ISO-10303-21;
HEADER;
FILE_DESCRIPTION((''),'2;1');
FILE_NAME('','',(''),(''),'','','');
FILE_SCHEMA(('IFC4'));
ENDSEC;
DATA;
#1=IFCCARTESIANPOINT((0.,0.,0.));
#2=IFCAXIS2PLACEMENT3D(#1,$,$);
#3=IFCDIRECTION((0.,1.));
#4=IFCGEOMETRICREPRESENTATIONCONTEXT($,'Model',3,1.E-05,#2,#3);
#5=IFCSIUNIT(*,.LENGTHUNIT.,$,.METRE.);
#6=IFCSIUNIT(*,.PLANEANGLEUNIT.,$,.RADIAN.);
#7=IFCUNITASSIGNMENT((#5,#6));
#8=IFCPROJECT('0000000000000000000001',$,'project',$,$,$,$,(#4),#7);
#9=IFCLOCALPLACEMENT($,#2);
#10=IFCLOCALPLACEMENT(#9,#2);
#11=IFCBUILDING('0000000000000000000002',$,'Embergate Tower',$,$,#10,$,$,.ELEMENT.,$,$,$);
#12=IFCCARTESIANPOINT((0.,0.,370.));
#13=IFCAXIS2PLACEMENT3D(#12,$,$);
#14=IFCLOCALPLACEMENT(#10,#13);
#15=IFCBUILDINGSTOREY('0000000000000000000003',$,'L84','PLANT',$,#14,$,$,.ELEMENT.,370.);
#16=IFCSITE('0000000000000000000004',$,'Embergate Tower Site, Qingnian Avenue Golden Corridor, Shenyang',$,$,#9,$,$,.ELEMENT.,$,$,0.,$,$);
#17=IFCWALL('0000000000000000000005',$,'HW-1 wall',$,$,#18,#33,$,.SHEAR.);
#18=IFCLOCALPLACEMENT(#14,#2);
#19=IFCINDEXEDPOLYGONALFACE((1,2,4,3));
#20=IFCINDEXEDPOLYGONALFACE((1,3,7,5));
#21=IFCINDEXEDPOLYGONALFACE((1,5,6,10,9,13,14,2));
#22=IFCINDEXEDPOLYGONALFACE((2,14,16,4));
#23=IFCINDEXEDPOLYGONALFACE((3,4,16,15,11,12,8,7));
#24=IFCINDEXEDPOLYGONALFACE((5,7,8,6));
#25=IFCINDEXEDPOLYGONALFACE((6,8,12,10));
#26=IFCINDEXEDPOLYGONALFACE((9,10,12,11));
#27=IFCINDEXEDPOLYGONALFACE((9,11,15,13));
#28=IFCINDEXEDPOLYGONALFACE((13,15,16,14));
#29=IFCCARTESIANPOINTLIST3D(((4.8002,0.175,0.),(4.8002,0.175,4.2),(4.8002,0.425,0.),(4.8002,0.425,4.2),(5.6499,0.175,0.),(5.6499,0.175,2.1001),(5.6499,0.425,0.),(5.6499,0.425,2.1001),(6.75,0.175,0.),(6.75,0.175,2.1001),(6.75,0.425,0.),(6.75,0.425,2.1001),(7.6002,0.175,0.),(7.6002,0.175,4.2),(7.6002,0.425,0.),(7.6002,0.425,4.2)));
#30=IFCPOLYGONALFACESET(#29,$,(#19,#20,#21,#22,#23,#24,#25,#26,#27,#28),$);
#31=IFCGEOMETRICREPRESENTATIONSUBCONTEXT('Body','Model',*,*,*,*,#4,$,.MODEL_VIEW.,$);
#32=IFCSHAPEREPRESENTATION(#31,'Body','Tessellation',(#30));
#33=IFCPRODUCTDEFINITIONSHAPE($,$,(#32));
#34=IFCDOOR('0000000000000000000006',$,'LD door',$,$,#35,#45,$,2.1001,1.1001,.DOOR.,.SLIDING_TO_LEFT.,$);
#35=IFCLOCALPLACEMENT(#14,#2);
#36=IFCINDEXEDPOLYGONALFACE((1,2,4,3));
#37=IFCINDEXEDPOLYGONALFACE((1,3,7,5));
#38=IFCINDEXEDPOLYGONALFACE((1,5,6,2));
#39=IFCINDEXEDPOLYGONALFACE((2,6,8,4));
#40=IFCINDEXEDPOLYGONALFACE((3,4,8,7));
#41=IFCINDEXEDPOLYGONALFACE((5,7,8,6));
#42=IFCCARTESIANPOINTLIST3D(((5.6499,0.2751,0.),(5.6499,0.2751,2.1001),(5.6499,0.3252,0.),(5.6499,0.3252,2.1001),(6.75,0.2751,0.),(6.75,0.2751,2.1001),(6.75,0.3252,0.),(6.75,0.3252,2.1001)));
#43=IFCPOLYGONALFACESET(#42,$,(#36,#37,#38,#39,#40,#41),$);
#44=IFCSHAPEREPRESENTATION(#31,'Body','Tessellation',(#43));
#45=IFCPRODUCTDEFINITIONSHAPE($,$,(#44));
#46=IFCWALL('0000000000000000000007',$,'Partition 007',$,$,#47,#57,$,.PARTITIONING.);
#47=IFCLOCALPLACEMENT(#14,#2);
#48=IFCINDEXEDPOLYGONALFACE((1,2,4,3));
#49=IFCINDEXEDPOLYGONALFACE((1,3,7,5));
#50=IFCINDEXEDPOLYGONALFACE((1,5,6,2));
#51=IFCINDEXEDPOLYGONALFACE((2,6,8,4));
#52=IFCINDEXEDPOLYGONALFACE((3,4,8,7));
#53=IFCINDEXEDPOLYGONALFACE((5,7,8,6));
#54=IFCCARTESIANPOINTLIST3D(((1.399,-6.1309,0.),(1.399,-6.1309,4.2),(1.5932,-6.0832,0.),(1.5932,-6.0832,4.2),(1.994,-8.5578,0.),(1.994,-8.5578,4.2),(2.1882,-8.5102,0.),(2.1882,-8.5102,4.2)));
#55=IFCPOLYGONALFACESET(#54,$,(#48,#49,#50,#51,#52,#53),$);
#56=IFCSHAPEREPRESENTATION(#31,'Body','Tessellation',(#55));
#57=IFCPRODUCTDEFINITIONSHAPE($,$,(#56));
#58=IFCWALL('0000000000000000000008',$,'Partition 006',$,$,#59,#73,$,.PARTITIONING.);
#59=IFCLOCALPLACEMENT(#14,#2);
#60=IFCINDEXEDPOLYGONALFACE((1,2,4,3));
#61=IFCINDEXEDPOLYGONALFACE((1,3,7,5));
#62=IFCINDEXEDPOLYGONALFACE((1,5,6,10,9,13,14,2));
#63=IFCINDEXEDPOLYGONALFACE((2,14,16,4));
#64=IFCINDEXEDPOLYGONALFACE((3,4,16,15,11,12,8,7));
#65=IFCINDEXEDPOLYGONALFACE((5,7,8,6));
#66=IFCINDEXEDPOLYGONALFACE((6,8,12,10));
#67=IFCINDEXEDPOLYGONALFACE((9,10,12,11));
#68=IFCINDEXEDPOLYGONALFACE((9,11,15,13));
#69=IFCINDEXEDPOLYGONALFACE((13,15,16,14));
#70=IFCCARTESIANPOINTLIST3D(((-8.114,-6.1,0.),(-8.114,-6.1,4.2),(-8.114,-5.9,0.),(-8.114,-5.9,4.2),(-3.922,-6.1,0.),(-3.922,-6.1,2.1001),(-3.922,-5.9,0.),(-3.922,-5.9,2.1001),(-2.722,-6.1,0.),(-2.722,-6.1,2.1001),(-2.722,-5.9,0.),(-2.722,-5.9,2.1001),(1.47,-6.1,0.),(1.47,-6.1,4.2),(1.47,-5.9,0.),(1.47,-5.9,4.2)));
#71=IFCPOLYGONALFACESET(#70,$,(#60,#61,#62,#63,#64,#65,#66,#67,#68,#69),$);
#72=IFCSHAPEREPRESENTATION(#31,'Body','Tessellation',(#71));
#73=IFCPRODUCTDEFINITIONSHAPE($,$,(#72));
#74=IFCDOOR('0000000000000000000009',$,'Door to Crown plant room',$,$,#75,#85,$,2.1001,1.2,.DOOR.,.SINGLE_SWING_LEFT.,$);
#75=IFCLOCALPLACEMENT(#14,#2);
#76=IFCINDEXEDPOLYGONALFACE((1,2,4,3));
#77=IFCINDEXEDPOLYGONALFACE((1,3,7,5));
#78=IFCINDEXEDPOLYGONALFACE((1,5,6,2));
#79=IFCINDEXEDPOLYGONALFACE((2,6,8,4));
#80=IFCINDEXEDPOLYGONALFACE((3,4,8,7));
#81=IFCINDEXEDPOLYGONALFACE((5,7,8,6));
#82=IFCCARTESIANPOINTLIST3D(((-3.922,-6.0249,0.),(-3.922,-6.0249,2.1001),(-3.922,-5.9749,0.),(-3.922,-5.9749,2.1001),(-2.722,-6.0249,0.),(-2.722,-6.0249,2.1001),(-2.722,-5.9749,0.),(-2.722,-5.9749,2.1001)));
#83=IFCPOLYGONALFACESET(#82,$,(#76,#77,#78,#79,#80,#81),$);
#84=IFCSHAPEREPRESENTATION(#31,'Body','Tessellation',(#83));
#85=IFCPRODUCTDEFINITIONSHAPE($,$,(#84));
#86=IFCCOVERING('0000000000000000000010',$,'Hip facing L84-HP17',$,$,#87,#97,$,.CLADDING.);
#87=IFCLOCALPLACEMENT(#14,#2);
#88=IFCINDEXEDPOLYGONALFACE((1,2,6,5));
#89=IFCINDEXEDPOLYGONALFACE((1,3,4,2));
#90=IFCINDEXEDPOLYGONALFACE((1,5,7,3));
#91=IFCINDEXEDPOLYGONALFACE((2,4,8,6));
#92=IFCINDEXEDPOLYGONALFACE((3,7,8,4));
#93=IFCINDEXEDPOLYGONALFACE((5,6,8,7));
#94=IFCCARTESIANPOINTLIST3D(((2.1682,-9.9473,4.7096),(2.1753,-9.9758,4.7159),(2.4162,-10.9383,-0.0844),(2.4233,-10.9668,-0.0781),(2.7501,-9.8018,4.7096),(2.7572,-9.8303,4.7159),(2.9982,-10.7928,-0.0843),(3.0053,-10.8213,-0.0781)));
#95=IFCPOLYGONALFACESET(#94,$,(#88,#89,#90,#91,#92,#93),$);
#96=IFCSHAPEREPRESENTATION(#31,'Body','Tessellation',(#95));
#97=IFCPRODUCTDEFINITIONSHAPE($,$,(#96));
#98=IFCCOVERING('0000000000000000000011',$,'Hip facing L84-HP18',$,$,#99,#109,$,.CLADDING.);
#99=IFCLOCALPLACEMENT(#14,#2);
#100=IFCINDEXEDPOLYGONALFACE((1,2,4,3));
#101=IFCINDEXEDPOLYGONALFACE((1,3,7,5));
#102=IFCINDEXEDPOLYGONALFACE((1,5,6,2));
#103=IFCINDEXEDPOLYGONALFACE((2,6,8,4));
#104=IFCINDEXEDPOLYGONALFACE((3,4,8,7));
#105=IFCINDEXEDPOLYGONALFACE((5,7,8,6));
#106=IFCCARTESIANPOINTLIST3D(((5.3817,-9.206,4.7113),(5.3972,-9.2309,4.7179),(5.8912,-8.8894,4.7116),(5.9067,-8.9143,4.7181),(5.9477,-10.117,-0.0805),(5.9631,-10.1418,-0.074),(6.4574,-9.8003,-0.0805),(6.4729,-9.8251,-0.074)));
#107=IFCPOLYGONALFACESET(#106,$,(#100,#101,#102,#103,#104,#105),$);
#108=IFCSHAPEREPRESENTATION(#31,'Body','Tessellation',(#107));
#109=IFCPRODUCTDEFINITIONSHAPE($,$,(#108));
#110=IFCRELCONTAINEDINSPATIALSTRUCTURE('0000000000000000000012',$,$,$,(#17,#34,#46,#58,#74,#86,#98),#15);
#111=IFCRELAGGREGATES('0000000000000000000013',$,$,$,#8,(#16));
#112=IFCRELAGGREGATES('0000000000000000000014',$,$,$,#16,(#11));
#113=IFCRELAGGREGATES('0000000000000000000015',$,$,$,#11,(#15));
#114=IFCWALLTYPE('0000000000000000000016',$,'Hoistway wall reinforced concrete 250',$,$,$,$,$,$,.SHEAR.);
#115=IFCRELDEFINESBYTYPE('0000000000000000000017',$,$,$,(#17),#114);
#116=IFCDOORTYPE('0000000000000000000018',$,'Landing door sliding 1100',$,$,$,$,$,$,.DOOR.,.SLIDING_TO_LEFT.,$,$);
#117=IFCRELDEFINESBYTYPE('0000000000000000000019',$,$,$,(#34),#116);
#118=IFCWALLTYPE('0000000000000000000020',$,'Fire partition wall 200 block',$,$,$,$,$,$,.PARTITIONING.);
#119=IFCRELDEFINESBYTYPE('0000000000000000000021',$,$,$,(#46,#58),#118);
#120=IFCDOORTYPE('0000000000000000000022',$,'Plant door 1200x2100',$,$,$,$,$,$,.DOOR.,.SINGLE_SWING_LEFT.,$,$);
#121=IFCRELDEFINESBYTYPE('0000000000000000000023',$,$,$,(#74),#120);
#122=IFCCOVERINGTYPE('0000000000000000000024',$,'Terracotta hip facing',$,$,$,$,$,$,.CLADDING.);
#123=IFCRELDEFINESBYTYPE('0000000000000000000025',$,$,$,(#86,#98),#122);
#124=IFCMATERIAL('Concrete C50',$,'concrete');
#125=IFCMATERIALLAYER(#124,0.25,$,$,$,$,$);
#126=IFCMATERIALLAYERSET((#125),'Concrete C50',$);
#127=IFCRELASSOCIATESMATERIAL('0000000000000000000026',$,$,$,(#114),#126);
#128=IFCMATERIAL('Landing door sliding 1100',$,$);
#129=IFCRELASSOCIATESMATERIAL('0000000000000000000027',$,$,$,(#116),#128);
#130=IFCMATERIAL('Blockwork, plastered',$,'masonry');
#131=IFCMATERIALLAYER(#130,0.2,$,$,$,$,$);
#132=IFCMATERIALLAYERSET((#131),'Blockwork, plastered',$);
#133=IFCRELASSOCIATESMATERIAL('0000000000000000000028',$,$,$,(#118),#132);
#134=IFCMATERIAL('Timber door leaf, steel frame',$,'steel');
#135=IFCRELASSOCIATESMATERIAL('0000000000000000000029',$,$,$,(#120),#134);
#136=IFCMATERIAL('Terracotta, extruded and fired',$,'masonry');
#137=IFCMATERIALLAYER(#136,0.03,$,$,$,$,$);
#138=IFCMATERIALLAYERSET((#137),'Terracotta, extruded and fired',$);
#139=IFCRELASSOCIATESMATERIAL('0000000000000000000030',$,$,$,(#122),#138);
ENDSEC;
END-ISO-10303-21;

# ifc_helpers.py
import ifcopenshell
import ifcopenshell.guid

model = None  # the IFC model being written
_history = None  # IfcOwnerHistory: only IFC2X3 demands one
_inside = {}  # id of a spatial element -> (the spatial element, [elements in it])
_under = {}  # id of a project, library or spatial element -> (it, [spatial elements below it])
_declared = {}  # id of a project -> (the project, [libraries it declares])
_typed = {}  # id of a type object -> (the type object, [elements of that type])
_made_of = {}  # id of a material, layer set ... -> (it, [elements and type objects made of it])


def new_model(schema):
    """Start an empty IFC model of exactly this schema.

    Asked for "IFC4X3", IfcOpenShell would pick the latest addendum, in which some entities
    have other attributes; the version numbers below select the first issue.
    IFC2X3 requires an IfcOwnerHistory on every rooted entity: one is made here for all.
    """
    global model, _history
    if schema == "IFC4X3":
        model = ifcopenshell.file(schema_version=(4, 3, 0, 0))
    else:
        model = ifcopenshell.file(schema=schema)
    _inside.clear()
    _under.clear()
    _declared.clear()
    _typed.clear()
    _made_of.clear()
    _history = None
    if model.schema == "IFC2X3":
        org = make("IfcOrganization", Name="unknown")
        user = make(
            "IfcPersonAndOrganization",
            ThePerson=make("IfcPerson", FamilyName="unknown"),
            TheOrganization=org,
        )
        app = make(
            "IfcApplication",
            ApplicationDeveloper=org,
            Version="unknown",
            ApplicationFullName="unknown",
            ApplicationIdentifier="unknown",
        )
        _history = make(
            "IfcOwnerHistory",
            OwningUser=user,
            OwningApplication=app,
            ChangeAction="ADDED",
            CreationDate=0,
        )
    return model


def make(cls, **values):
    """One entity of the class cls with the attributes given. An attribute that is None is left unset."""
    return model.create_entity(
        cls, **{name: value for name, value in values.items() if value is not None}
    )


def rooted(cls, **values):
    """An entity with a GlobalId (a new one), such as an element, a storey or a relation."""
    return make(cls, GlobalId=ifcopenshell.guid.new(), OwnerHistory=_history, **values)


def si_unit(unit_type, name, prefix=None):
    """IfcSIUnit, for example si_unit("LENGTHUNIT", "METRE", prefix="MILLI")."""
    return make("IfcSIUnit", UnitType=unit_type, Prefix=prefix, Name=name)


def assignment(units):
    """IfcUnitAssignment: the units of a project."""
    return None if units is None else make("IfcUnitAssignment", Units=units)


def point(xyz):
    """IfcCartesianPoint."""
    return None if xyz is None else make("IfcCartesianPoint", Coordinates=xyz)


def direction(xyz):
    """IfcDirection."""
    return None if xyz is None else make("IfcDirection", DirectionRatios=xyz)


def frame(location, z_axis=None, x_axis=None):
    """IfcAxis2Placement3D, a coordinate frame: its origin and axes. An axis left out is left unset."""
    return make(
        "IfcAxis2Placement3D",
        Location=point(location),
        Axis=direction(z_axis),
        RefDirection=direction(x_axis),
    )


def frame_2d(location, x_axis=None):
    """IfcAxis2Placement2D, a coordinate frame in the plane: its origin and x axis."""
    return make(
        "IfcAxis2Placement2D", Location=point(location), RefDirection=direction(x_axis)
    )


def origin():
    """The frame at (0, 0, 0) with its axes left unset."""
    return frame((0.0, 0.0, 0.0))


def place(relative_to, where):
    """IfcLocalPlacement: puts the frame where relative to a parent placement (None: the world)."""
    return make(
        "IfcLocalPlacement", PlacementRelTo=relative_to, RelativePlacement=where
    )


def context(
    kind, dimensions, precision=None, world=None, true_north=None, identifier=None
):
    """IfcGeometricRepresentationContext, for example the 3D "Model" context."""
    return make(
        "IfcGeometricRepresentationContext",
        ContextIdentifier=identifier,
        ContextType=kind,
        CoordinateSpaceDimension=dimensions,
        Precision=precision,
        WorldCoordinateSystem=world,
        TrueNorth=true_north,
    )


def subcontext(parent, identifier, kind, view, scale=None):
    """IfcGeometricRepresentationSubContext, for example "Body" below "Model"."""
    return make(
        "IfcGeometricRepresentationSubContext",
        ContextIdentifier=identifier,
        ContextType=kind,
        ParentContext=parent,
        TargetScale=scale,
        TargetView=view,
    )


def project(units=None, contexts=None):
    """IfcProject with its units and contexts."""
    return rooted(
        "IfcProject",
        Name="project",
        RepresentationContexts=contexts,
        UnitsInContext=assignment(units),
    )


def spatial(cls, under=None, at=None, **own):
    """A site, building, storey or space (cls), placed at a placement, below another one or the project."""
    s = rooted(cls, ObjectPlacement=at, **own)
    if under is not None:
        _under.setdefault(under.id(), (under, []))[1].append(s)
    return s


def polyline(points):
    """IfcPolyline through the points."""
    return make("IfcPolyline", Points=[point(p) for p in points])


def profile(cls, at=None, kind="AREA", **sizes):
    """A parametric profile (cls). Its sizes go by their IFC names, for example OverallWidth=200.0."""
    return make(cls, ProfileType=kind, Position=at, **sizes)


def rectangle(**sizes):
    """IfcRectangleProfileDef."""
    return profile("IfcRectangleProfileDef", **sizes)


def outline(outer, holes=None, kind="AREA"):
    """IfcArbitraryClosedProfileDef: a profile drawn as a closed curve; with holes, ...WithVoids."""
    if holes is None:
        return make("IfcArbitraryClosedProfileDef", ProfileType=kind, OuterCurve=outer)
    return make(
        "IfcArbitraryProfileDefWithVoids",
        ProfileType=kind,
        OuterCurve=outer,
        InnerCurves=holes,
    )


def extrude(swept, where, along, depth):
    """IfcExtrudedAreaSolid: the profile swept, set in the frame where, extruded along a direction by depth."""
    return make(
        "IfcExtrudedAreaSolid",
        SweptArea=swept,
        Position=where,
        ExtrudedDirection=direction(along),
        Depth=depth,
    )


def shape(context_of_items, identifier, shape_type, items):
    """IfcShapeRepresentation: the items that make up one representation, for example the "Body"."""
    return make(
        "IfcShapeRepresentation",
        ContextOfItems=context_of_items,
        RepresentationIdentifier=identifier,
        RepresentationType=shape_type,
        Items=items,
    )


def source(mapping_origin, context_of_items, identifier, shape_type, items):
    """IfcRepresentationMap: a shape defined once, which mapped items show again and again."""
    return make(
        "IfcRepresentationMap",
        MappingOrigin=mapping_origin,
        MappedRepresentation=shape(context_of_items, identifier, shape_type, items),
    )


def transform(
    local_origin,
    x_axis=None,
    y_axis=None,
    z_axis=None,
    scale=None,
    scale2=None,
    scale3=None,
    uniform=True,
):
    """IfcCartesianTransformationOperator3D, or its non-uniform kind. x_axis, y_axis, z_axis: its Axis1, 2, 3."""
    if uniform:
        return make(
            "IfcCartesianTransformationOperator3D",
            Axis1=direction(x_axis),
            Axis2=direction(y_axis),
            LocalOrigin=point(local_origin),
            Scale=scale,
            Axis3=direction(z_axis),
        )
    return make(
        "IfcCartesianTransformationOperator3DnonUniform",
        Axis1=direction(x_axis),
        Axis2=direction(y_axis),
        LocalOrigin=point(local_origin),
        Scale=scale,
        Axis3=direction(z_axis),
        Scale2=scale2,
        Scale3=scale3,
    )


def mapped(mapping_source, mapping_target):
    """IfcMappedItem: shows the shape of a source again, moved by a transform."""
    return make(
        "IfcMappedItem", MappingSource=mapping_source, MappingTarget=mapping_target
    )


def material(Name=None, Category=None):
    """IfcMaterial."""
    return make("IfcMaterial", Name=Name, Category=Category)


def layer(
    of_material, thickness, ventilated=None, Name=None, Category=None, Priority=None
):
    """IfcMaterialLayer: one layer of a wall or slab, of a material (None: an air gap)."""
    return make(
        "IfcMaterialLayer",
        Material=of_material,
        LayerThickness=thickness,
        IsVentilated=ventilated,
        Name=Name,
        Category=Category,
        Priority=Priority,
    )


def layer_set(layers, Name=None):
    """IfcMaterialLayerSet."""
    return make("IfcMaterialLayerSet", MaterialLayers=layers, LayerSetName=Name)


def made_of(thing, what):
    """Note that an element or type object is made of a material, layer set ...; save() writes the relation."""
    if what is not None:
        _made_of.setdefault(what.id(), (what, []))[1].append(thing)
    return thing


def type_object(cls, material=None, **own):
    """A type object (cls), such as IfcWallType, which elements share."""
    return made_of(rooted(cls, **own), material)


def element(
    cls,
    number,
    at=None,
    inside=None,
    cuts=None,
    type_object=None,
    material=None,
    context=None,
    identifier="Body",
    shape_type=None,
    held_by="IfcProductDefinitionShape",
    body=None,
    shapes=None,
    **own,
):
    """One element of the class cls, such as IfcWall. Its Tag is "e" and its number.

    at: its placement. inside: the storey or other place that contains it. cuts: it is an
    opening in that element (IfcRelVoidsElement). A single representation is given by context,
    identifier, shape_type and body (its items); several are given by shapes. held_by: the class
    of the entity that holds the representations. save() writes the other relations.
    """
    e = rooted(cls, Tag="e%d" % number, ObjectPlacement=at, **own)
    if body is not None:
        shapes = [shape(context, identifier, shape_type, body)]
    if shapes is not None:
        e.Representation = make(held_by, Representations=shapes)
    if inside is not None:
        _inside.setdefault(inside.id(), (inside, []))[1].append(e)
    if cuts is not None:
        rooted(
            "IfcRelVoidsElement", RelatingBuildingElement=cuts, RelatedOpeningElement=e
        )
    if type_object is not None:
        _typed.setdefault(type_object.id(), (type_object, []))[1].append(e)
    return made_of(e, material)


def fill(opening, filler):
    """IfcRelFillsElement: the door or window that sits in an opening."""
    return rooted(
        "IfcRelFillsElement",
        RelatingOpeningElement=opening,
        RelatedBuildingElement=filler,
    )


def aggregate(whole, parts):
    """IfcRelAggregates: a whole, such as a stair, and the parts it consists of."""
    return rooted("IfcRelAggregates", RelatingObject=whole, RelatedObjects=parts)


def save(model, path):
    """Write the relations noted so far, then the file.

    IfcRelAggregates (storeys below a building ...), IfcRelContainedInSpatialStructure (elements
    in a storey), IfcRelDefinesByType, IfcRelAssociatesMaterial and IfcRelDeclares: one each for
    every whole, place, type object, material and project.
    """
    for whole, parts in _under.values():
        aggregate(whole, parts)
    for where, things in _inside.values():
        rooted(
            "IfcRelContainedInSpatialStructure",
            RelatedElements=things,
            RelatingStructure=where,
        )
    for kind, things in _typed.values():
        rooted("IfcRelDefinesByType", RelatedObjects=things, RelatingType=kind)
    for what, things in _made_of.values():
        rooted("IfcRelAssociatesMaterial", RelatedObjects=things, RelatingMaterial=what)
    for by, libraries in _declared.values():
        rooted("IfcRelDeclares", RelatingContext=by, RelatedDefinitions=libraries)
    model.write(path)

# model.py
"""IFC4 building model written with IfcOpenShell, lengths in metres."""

from ifc_helpers import new_model, si_unit, direction, frame, frame_2d, origin, place, context, subcontext, project, spatial, polyline, rectangle, outline, extrude, source, transform, mapped, material, layer, layer_set, type_object, element, fill, save


model = new_model("IFC4")

# Units and contexts
model_context = context("Model", 3, precision=1e-05, world=origin(), true_north=direction((0.0, 1.0)))
body_context = subcontext(model_context, "Body", "Model", "MODEL_VIEW")
ifc_project = project(units=[si_unit("LENGTHUNIT", "METRE"), si_unit("PLANEANGLEUNIT", "RADIAN")], contexts=[model_context])

# Site, building, storey
site_placement = place(None, origin())
site = spatial("IfcSite", under=ifc_project, at=site_placement, Name="Embergate Tower Site, Qingnian Avenue Golden Corridor, Shenyang", CompositionType="ELEMENT", RefElevation=0.0)
building_placement = place(site_placement, origin())
building = spatial("IfcBuilding", under=site, at=building_placement, Name="Embergate Tower", CompositionType="ELEMENT")
storey_placement = place(building_placement, frame((0.0, 0.0, 370.0)))
storey = spatial("IfcBuildingStorey", under=building, at=storey_placement, Name="L84", Description="PLANT", CompositionType="ELEMENT", Elevation=370.0)

# Shared definitions
ifc_material_1 = material(Name="Concrete C50", Category="concrete")

# Wall, opening, door
shared_shape_1 = source(origin(), body_context, "Body", "SweptSolid", [
    extrude(rectangle(XDim=1.2, YDim=2.1001, at=frame_2d((0.6001, 1.05))), frame((0.0, 0.1099, 0.0), z_axis=(0.0, -1.0, 0.0), x_axis=(1.0, 0.0, 0.0)), (0.0, 0.0, 1.0), 0.22),
])
ifc_layer_1 = layer(ifc_material_1, 0.25)
ifc_layer_set_1 = layer_set([ifc_layer_1], Name="Concrete C50")
wall_type_1 = type_object("IfcWallType", Name="Hoistway wall reinforced concrete 250", PredefinedType="SHEAR", material=ifc_layer_set_1)
shared_shape_2 = source(origin(), body_context, "Body", "SweptSolid", [
    extrude(rectangle(XDim=2.8, YDim=0.25, at=frame_2d((1.3999, 0.0))), origin(), (0.0, 0.0, 1.0), 4.2),
])
wall_1_placement = place(storey_placement, frame((7.6001, 0.3, 0.0), z_axis=(0.0, 0.0, 1.0), x_axis=(-1.0, 0.0, 0.0)))
wall_1 = element("IfcWall", 1, at=wall_1_placement, inside=storey, type_object=wall_type_1, Name="HW-1 wall", PredefinedType="SHEAR", context=body_context, shape_type="MappedRepresentation", body=[
    mapped(shared_shape_2, transform((0.0, 0.0, 0.0))),
])
shared_shape_3 = source(origin(), body_context, "Body", "SweptSolid", [
    extrude(rectangle(XDim=1.1001, YDim=2.1001, at=frame_2d((0.55, 1.05))), frame((0.0, 0.135, 0.0), z_axis=(0.0, -1.0, 0.0), x_axis=(1.0, 0.0, 0.0)), (0.0, 0.0, 1.0), 0.27),
])
opening_1_placement = place(wall_1_placement, frame((0.8501, 0.0, 0.0)))
opening_1 = element("IfcOpeningElement", 2, at=opening_1_placement, cuts=wall_1, PredefinedType="OPENING", context=body_context, shape_type="MappedRepresentation", body=[
    mapped(shared_shape_3, transform((0.0, 0.0, 0.0))),
])
ifc_material_2 = material(Name="Landing door sliding 1100")
door_type_1 = type_object("IfcDoorType", Name="Landing door sliding 1100", OperationType="SLIDING_TO_LEFT", PredefinedType="DOOR", material=ifc_material_2)
shared_shape_4 = source(origin(), body_context, "Body", "SweptSolid", [
    extrude(rectangle(XDim=1.1001, YDim=2.1001, at=frame_2d((0.55, 1.05))), frame((0.0, 0.0249, 0.0), z_axis=(0.0, -1.0, 0.0), x_axis=(1.0, 0.0, 0.0)), (0.0, 0.0, 1.0), 0.05),
])
door_1_placement = place(opening_1_placement, origin())
door_1 = element("IfcDoor", 3, at=door_1_placement, inside=storey, type_object=door_type_1, Name="LD door", OperationType="SLIDING_TO_LEFT", OverallHeight=2.1001, OverallWidth=1.1001, PredefinedType="DOOR", context=body_context, shape_type="MappedRepresentation", body=[
    mapped(shared_shape_4, transform((0.0, 0.0, 0.0))),
])
fill(opening_1, door_1)

# Wall
ifc_material_3 = material(Name="Blockwork, plastered", Category="masonry")
ifc_layer_2 = layer(ifc_material_3, 0.2)
ifc_layer_set_2 = layer_set([ifc_layer_2], Name="Blockwork, plastered")
wall_type_2 = type_object("IfcWallType", Name="Fire partition wall 200 block", PredefinedType="PARTITIONING", material=ifc_layer_set_2)
shared_shape_5 = source(origin(), body_context, "Body", "SweptSolid", [
    extrude(rectangle(XDim=2.4988, YDim=0.2, at=frame_2d((1.2495, 0.0))), origin(), (0.0, 0.0, 1.0), 4.2),
])
wall_2_placement = place(storey_placement, frame((1.4961, -6.1069, 0.0), z_axis=(0.0, 0.0, 1.0), x_axis=(0.238096, -0.971242, 0.0)))
element("IfcWall", 4, at=wall_2_placement, inside=storey, type_object=wall_type_2, Name="Partition 007", PredefinedType="PARTITIONING", context=body_context, shape_type="MappedRepresentation", body=[
    mapped(shared_shape_5, transform((0.0, 0.0, 0.0))),
])

# Wall, opening, door
shared_shape_6 = source(origin(), body_context, "Body", "SweptSolid", [
    extrude(rectangle(XDim=9.584, YDim=0.2, at=frame_2d((4.792, 0.0))), origin(), (0.0, 0.0, 1.0), 4.2),
])
wall_3_placement = place(storey_placement, frame((1.47, -6.0, 0.0), z_axis=(0.0, 0.0, 1.0), x_axis=(-1.0, 0.0, 0.0)))
wall_3 = element("IfcWall", 5, at=wall_3_placement, inside=storey, type_object=wall_type_2, Name="Partition 006", PredefinedType="PARTITIONING", context=body_context, shape_type="MappedRepresentation", body=[
    mapped(shared_shape_6, transform((0.0, 0.0, 0.0))),
])
opening_2_placement = place(wall_3_placement, frame((4.1919, 0.0, 0.0)))
opening_2 = element("IfcOpeningElement", 6, at=opening_2_placement, cuts=wall_3, PredefinedType="OPENING", context=body_context, shape_type="MappedRepresentation", body=[
    mapped(shared_shape_1, transform((0.0, 0.0, 0.0))),
])
ifc_material_4 = material(Name="Timber door leaf, steel frame", Category="steel")
door_type_2 = type_object("IfcDoorType", Name="Plant door 1200x2100", OperationType="SINGLE_SWING_LEFT", PredefinedType="DOOR", material=ifc_material_4)
shared_shape_7 = source(origin(), body_context, "Body", "SweptSolid", [
    extrude(rectangle(XDim=1.2, YDim=2.1001, at=frame_2d((0.6001, 1.05))), frame((0.0, 0.0249, 0.0), z_axis=(0.0, -1.0, 0.0), x_axis=(1.0, 0.0, 0.0)), (0.0, 0.0, 1.0), 0.05),
])
door_2_placement = place(opening_2_placement, origin())
door_2 = element("IfcDoor", 7, at=door_2_placement, inside=storey, type_object=door_type_2, Name="Door to Crown plant room", OperationType="SINGLE_SWING_LEFT", OverallHeight=2.1001, OverallWidth=1.2, PredefinedType="DOOR", context=body_context, shape_type="MappedRepresentation", body=[
    mapped(shared_shape_7, transform((0.0, 0.0, 0.0))),
])
fill(opening_2, door_2)

# Coverings
ifc_material_5 = material(Name="Terracotta, extruded and fired", Category="masonry")
ifc_layer_3 = layer(ifc_material_5, 0.03)
ifc_layer_set_3 = layer_set([ifc_layer_3], Name="Terracotta, extruded and fired")
covering_type = type_object("IfcCoveringType", Name="Terracotta hip facing", PredefinedType="CLADDING", material=ifc_layer_set_3)
shared_shape_8 = source(origin(), body_context, "Body", "SweptSolid", [
    extrude(outline(polyline([(0.0, 0.0), (4.9016, 0.0), (4.9016, -0.5999), (0.0, -0.5999), (0.0, 0.0)])), origin(), (0.0, 0.0, -1.0), 0.03),
])
covering_1_placement = place(storey_placement, frame((2.4233, -10.9668, -0.0781), z_axis=(0.23721, -0.94884, 0.20841), x_axis=(-0.050606, 0.202173, 0.978041)))
element("IfcCovering", 8, at=covering_1_placement, inside=storey, type_object=covering_type, Name="Hip facing L84-HP17", PredefinedType="CLADDING", context=body_context, shape_type="MappedRepresentation", body=[
    mapped(shared_shape_8, transform((0.0, 0.0, 0.0))),
])
shared_shape_9 = source(origin(), body_context, "Body", "SweptSolid", [
    extrude(outline(polyline([(0.0, 0.0), (4.9104, 0.0), (4.9106, -0.5999), (0.0, -0.6001), (0.0, 0.0)])), origin(), (0.0, 0.0, -1.0), 0.03),
])
covering_2_placement = place(storey_placement, frame((5.9631, -10.1418, -0.074), z_axis=(0.515008, -0.828897, 0.218395), x_axis=(-0.115253, 0.185508, 0.97586)))
element("IfcCovering", 9, at=covering_2_placement, inside=storey, type_object=covering_type, Name="Hip facing L84-HP18", PredefinedType="CLADDING", context=body_context, shape_type="MappedRepresentation", body=[
    mapped(shared_shape_9, transform((0.0, 0.0, 0.0))),
])

save(model, "model.ifc")
